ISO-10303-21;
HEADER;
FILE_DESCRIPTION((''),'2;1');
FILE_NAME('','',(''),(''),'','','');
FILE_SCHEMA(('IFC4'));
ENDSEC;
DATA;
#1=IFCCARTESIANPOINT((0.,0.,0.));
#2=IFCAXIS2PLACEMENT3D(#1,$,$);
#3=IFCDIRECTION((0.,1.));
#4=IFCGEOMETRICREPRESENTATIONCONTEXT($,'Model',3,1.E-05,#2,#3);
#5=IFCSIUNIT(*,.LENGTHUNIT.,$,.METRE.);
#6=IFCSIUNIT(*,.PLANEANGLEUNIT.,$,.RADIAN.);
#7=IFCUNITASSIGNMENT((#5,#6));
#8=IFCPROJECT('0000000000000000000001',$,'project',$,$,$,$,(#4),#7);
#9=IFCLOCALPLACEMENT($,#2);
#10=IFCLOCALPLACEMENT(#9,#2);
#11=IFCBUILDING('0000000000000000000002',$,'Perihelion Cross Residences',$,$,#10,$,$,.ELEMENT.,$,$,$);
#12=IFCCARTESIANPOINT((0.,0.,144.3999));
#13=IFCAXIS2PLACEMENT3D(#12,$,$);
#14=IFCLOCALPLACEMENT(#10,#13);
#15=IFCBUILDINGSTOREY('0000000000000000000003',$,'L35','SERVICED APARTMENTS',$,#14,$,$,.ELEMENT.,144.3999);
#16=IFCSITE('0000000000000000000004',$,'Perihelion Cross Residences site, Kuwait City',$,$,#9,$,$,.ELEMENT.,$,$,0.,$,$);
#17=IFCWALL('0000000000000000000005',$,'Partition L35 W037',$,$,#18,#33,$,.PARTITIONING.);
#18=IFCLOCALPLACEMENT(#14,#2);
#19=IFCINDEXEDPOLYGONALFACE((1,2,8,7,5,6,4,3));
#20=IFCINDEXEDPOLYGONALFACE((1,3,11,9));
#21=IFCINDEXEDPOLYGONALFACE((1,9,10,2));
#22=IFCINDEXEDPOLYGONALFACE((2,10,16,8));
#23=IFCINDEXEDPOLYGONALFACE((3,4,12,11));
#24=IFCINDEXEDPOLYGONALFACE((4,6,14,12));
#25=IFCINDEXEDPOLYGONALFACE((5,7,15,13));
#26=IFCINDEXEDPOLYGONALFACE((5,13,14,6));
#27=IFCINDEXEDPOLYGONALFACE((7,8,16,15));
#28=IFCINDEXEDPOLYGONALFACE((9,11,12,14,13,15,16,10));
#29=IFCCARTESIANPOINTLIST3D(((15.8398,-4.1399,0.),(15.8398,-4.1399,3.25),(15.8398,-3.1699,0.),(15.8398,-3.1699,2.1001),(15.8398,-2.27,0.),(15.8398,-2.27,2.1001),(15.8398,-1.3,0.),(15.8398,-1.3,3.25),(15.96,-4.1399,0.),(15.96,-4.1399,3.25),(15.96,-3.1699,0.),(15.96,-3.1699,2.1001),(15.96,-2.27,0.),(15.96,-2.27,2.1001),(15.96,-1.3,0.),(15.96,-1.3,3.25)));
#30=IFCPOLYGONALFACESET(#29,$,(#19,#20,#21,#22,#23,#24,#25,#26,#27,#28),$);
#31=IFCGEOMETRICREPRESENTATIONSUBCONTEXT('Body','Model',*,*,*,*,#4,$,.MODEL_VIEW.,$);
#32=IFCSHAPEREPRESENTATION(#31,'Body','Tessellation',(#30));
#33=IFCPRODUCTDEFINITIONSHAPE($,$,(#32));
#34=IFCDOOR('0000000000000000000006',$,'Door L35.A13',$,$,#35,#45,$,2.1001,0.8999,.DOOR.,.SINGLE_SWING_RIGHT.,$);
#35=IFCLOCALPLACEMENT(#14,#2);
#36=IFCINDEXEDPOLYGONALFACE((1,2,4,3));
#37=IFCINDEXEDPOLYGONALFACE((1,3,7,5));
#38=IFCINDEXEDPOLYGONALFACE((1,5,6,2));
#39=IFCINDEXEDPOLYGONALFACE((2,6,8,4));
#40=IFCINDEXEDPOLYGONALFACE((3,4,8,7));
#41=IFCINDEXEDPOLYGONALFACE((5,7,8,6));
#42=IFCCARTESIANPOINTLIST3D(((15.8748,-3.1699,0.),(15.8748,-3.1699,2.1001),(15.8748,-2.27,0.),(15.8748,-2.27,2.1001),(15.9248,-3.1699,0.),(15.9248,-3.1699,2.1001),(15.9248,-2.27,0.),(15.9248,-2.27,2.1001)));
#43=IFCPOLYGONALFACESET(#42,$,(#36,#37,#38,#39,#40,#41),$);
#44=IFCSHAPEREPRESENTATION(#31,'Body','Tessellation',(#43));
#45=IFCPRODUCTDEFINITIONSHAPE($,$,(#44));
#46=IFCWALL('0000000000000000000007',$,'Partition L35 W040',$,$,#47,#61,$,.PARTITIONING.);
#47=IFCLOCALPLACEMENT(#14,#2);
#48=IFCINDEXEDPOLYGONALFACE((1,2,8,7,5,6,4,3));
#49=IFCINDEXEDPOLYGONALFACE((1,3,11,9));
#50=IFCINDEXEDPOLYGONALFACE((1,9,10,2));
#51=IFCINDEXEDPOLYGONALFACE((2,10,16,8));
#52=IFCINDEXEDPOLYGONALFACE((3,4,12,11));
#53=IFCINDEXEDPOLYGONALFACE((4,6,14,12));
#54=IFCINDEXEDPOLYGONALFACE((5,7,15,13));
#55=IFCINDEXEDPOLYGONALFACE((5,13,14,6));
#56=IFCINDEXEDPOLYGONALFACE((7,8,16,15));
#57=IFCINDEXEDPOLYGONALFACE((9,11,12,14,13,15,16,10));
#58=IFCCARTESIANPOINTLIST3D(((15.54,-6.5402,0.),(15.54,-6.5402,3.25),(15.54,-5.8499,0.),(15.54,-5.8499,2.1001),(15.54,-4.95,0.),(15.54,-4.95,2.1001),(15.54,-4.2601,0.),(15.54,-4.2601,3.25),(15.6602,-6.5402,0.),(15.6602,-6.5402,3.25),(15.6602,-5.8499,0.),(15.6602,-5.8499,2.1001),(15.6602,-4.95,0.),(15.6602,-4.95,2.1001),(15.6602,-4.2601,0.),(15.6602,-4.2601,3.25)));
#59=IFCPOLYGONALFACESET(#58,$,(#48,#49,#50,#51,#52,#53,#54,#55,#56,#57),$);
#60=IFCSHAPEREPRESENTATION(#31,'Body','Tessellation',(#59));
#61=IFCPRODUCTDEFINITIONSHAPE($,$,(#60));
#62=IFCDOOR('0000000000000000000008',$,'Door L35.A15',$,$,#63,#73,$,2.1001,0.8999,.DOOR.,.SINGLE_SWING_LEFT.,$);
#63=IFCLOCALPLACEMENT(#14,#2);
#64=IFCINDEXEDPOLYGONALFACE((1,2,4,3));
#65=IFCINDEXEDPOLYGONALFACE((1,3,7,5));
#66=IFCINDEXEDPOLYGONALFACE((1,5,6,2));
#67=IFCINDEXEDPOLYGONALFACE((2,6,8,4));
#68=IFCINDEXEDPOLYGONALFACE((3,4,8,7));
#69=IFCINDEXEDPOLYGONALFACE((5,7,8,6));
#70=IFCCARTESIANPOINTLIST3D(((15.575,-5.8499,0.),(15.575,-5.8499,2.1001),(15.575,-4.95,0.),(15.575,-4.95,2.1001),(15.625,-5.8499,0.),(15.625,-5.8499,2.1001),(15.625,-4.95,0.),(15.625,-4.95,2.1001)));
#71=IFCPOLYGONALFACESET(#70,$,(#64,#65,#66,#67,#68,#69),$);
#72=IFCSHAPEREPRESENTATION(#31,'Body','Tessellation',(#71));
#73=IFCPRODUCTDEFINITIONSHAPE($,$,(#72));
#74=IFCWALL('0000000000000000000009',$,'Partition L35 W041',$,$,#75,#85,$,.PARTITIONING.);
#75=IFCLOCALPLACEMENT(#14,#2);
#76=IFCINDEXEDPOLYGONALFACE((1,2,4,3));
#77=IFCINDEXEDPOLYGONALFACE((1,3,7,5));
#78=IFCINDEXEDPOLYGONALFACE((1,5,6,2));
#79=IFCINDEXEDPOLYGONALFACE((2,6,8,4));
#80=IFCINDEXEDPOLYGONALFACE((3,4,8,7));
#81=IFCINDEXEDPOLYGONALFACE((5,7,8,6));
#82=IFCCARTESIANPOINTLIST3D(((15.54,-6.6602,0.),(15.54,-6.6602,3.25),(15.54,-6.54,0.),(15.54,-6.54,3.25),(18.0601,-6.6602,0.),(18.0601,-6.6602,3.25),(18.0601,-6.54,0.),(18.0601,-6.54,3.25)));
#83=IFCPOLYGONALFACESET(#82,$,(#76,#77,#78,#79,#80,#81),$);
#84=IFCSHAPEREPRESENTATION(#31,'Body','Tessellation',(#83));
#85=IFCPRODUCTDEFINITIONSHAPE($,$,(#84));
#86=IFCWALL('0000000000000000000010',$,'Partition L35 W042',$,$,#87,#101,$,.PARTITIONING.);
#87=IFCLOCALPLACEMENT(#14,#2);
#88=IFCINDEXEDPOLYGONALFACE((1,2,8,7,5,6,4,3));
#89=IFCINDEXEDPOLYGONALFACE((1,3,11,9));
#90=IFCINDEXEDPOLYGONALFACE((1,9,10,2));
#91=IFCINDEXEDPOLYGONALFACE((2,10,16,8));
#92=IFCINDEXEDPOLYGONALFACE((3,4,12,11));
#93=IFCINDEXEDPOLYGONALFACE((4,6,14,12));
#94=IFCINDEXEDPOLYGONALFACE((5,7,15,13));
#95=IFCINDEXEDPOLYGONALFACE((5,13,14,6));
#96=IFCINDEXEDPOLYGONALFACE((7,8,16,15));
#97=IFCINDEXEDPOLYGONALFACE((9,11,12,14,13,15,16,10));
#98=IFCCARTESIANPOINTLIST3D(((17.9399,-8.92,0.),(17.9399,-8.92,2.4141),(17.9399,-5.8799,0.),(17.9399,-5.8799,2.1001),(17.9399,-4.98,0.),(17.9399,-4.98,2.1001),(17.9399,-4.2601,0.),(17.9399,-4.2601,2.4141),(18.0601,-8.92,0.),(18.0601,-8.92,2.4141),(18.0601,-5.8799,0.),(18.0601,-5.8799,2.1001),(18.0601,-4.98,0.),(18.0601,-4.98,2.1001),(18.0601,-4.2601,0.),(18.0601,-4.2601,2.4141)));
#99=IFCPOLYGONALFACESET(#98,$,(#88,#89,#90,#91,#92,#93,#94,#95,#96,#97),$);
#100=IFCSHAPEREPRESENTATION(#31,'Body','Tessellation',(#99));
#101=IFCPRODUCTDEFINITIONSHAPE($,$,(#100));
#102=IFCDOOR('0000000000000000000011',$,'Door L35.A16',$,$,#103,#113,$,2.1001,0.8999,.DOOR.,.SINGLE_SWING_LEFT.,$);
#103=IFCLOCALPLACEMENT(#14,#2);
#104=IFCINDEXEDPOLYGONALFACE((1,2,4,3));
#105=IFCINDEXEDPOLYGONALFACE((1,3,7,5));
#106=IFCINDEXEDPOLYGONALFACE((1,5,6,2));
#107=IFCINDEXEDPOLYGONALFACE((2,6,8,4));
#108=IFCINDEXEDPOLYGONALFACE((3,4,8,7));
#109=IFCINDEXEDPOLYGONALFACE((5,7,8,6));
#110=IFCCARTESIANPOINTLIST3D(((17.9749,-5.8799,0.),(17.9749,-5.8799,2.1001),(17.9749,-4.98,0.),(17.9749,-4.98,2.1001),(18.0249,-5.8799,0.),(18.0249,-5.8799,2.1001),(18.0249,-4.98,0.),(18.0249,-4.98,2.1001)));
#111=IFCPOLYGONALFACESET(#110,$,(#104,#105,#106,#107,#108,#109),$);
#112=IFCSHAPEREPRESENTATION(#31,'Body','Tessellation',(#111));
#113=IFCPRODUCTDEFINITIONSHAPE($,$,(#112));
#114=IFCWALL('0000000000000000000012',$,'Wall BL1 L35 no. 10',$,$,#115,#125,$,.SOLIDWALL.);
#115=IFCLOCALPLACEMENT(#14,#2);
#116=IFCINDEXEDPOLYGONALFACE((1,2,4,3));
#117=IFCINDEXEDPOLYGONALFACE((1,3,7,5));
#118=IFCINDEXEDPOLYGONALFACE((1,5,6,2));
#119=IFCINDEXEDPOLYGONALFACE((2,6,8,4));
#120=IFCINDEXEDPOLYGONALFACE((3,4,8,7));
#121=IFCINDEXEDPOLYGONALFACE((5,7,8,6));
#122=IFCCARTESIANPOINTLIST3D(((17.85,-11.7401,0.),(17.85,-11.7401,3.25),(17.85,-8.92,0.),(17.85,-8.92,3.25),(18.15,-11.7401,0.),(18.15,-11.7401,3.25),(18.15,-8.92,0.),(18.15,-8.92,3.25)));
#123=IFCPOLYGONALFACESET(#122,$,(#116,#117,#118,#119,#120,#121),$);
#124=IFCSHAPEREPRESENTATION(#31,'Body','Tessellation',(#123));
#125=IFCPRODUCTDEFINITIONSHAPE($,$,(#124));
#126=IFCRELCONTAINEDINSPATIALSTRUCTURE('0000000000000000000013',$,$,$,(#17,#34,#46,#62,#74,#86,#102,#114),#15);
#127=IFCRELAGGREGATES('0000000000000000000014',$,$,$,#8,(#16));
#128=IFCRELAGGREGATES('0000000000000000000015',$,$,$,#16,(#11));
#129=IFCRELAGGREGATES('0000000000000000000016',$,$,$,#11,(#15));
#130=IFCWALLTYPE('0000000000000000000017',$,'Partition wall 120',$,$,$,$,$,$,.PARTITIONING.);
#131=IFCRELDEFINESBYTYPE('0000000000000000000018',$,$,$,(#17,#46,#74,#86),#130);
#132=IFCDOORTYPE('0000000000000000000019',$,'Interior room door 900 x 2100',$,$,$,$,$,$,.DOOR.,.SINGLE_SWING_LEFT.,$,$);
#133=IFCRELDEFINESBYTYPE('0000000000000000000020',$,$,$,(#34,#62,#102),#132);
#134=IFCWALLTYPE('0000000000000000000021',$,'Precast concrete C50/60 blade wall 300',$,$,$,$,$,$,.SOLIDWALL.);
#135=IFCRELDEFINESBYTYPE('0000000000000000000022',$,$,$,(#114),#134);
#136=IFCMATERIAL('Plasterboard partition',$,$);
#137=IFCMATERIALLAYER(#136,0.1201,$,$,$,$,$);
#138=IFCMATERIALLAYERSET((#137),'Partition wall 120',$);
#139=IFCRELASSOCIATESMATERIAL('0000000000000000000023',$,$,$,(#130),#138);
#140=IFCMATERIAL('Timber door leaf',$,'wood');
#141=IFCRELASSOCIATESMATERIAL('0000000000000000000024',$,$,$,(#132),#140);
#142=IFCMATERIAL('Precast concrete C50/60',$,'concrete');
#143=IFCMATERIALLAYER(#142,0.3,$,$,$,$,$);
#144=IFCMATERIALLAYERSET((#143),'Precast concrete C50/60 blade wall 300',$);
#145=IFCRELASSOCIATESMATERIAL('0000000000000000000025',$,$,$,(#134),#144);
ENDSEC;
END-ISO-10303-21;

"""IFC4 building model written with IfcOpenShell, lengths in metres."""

from ifc_helpers import new_model, si_unit, direction, frame, frame_2d, origin, place, context, subcontext, project, spatial, rectangle, extrude, material, layer, layer_set, type_object, element, fill, save


model = new_model("IFC4")

# Units and contexts
model_context = context("Model", 3, precision=1e-05, world=origin(), true_north=direction((0.0, 1.0)))
body_context = subcontext(model_context, "Body", "Model", "MODEL_VIEW")
ifc_project = project(units=[si_unit("LENGTHUNIT", "METRE"), si_unit("PLANEANGLEUNIT", "RADIAN")], contexts=[model_context])

# Site, building, storey
site_placement = place(None, origin())
site = spatial("IfcSite", under=ifc_project, at=site_placement, Name="Perihelion Cross Residences site, Kuwait City", CompositionType="ELEMENT", RefElevation=0.0)
building_placement = place(site_placement, origin())
building = spatial("IfcBuilding", under=site, at=building_placement, Name="Perihelion Cross Residences", CompositionType="ELEMENT")
storey_placement = place(building_placement, frame((0.0, 0.0, 144.3999)))
storey = spatial("IfcBuildingStorey", under=building, at=storey_placement, Name="L35", Description="SERVICED APARTMENTS", CompositionType="ELEMENT", Elevation=144.3999)

# Shared definitions
ifc_material_1 = material(Name="Plasterboard partition")
ifc_layer_1 = layer(ifc_material_1, 0.1201)
ifc_layer_set_1 = layer_set([ifc_layer_1], Name="Partition wall 120")
wall_type_1 = type_object("IfcWallType", Name="Partition wall 120", PredefinedType="PARTITIONING", material=ifc_layer_set_1)

# Shared definitions
ifc_material_2 = material(Name="Timber door leaf", Category="wood")
door_type_1 = type_object("IfcDoorType", Name="Interior room door 900 x 2100", OperationType="SINGLE_SWING_LEFT", PredefinedType="DOOR", material=ifc_material_2)

# Walls, openings, doors
wall_1_placement = place(storey_placement, frame((15.8999, -1.3, 0.0), z_axis=(0.0, 0.0, 1.0), x_axis=(0.0, -1.0, 0.0)))
wall_1 = element("IfcWall", 1, at=wall_1_placement, inside=storey, type_object=wall_type_1, Name="Partition L35 W037", PredefinedType="PARTITIONING", context=body_context, shape_type="SweptSolid", body=[
    extrude(rectangle(XDim=2.8398, YDim=0.1201, at=frame_2d((1.4199, 0.0))), origin(), (0.0, 0.0, 1.0), 3.25),
])
opening_1_placement = place(wall_1_placement, frame((0.97, 0.0, 0.0)))
opening_1 = element("IfcOpeningElement", 2, at=opening_1_placement, cuts=wall_1, PredefinedType="OPENING", context=body_context, shape_type="SweptSolid", body=[
    extrude(rectangle(XDim=0.8999, YDim=2.1001, at=frame_2d((0.45, 1.05))), frame((0.0, 0.0701, 0.0), z_axis=(0.0, -1.0, 0.0), x_axis=(1.0, 0.0, 0.0)), (0.0, 0.0, 1.0), 0.1401),
])
door_1_placement = place(opening_1_placement, origin())
door_1 = element("IfcDoor", 3, at=door_1_placement, inside=storey, type_object=door_type_1, Name="Door L35.A13", OperationType="SINGLE_SWING_RIGHT", OverallHeight=2.1001, OverallWidth=0.8999, PredefinedType="DOOR", context=body_context, shape_type="SweptSolid", body=[
    extrude(rectangle(XDim=0.8999, YDim=2.1001, at=frame_2d((0.45, 1.05))), frame((0.0, 0.0249, 0.0), z_axis=(0.0, -1.0, 0.0), x_axis=(1.0, 0.0, 0.0)), (0.0, 0.0, 1.0), 0.05),
])
fill(opening_1, door_1)
wall_2_placement = place(storey_placement, frame((15.6001, -4.26, 0.0), z_axis=(0.0, 0.0, 1.0), x_axis=(0.0, -1.0, 0.0)))
wall_2 = element("IfcWall", 4, at=wall_2_placement, inside=storey, type_object=wall_type_1, Name="Partition L35 W040", PredefinedType="PARTITIONING", context=body_context, shape_type="SweptSolid", body=[
    extrude(rectangle(XDim=2.28, YDim=0.1201, at=frame_2d((1.1401, 0.0))), origin(), (0.0, 0.0, 1.0), 3.25),
])
opening_2_placement = place(wall_2_placement, frame((0.6899, 0.0, 0.0)))
opening_2 = element("IfcOpeningElement", 5, at=opening_2_placement, cuts=wall_2, PredefinedType="OPENING", context=body_context, shape_type="SweptSolid", body=[
    extrude(rectangle(XDim=0.8999, YDim=2.1001, at=frame_2d((0.45, 1.05))), frame((0.0, 0.0701, 0.0), z_axis=(0.0, -1.0, 0.0), x_axis=(1.0, 0.0, 0.0)), (0.0, 0.0, 1.0), 0.1401),
])
door_2_placement = place(opening_2_placement, origin())
door_2 = element("IfcDoor", 6, at=door_2_placement, inside=storey, type_object=door_type_1, Name="Door L35.A15", OperationType="SINGLE_SWING_LEFT", OverallHeight=2.1001, OverallWidth=0.8999, PredefinedType="DOOR", context=body_context, shape_type="SweptSolid", body=[
    extrude(rectangle(XDim=0.8999, YDim=2.1001, at=frame_2d((0.45, 1.05))), frame((0.0, 0.0249, 0.0), z_axis=(0.0, -1.0, 0.0), x_axis=(1.0, 0.0, 0.0)), (0.0, 0.0, 1.0), 0.05),
])
fill(opening_2, door_2)

# Wall
wall_3_placement = place(storey_placement, frame((15.54, -6.6001, 0.0), z_axis=(0.0, 0.0, 1.0), x_axis=(1.0, 0.0, 0.0)))
element("IfcWall", 7, at=wall_3_placement, inside=storey, type_object=wall_type_1, Name="Partition L35 W041", PredefinedType="PARTITIONING", context=body_context, shape_type="SweptSolid", body=[
    extrude(rectangle(XDim=2.52, YDim=0.1201, at=frame_2d((1.26, 0.0))), origin(), (0.0, 0.0, 1.0), 3.25),
])

# Wall, opening, door
wall_4_placement = place(storey_placement, frame((18.0, -4.26, 0.0), z_axis=(0.0, 0.0, 1.0), x_axis=(0.0, -1.0, 0.0)))
wall_4 = element("IfcWall", 8, at=wall_4_placement, inside=storey, type_object=wall_type_1, Name="Partition L35 W042", PredefinedType="PARTITIONING", context=body_context, shape_type="SweptSolid", body=[
    extrude(rectangle(XDim=4.6599, YDim=0.1201, at=frame_2d((2.3301, 0.0))), origin(), (0.0, 0.0, 1.0), 2.4141),
])
opening_3_placement = place(wall_4_placement, frame((0.72, 0.0, 0.0)))
opening_3 = element("IfcOpeningElement", 9, at=opening_3_placement, cuts=wall_4, PredefinedType="OPENING", context=body_context, shape_type="SweptSolid", body=[
    extrude(rectangle(XDim=0.8999, YDim=2.1001, at=frame_2d((0.45, 1.05))), frame((0.0, 0.0701, 0.0), z_axis=(0.0, -1.0, 0.0), x_axis=(1.0, 0.0, 0.0)), (0.0, 0.0, 1.0), 0.1401),
])
door_3_placement = place(opening_3_placement, origin())
door_3 = element("IfcDoor", 10, at=door_3_placement, inside=storey, type_object=door_type_1, Name="Door L35.A16", OperationType="SINGLE_SWING_LEFT", OverallHeight=2.1001, OverallWidth=0.8999, PredefinedType="DOOR", context=body_context, shape_type="SweptSolid", body=[
    extrude(rectangle(XDim=0.8999, YDim=2.1001, at=frame_2d((0.45, 1.05))), frame((0.0, 0.0249, 0.0), z_axis=(0.0, -1.0, 0.0), x_axis=(1.0, 0.0, 0.0)), (0.0, 0.0, 1.0), 0.05),
])
fill(opening_3, door_3)

# Wall
ifc_material_3 = material(Name="Precast concrete C50/60", Category="concrete")
ifc_layer_2 = layer(ifc_material_3, 0.3)
ifc_layer_set_2 = layer_set([ifc_layer_2], Name="Precast concrete C50/60 blade wall 300")
wall_type_2 = type_object("IfcWallType", Name="Precast concrete C50/60 blade wall 300", PredefinedType="SOLIDWALL", material=ifc_layer_set_2)
wall_5_placement = place(storey_placement, frame((18.0, -8.9199, 0.0), z_axis=(0.0, 0.0, 1.0), x_axis=(0.0, -1.0, 0.0)))
element("IfcWall", 11, at=wall_5_placement, inside=storey, type_object=wall_type_2, Name="Wall BL1 L35 no. 10", PredefinedType="SOLIDWALL", context=body_context, shape_type="SweptSolid", body=[
    extrude(rectangle(XDim=2.8201, YDim=0.3, at=frame_2d((1.4102, 0.0))), origin(), (0.0, 0.0, 1.0), 3.25),
])

save(model, "model.ifc")
